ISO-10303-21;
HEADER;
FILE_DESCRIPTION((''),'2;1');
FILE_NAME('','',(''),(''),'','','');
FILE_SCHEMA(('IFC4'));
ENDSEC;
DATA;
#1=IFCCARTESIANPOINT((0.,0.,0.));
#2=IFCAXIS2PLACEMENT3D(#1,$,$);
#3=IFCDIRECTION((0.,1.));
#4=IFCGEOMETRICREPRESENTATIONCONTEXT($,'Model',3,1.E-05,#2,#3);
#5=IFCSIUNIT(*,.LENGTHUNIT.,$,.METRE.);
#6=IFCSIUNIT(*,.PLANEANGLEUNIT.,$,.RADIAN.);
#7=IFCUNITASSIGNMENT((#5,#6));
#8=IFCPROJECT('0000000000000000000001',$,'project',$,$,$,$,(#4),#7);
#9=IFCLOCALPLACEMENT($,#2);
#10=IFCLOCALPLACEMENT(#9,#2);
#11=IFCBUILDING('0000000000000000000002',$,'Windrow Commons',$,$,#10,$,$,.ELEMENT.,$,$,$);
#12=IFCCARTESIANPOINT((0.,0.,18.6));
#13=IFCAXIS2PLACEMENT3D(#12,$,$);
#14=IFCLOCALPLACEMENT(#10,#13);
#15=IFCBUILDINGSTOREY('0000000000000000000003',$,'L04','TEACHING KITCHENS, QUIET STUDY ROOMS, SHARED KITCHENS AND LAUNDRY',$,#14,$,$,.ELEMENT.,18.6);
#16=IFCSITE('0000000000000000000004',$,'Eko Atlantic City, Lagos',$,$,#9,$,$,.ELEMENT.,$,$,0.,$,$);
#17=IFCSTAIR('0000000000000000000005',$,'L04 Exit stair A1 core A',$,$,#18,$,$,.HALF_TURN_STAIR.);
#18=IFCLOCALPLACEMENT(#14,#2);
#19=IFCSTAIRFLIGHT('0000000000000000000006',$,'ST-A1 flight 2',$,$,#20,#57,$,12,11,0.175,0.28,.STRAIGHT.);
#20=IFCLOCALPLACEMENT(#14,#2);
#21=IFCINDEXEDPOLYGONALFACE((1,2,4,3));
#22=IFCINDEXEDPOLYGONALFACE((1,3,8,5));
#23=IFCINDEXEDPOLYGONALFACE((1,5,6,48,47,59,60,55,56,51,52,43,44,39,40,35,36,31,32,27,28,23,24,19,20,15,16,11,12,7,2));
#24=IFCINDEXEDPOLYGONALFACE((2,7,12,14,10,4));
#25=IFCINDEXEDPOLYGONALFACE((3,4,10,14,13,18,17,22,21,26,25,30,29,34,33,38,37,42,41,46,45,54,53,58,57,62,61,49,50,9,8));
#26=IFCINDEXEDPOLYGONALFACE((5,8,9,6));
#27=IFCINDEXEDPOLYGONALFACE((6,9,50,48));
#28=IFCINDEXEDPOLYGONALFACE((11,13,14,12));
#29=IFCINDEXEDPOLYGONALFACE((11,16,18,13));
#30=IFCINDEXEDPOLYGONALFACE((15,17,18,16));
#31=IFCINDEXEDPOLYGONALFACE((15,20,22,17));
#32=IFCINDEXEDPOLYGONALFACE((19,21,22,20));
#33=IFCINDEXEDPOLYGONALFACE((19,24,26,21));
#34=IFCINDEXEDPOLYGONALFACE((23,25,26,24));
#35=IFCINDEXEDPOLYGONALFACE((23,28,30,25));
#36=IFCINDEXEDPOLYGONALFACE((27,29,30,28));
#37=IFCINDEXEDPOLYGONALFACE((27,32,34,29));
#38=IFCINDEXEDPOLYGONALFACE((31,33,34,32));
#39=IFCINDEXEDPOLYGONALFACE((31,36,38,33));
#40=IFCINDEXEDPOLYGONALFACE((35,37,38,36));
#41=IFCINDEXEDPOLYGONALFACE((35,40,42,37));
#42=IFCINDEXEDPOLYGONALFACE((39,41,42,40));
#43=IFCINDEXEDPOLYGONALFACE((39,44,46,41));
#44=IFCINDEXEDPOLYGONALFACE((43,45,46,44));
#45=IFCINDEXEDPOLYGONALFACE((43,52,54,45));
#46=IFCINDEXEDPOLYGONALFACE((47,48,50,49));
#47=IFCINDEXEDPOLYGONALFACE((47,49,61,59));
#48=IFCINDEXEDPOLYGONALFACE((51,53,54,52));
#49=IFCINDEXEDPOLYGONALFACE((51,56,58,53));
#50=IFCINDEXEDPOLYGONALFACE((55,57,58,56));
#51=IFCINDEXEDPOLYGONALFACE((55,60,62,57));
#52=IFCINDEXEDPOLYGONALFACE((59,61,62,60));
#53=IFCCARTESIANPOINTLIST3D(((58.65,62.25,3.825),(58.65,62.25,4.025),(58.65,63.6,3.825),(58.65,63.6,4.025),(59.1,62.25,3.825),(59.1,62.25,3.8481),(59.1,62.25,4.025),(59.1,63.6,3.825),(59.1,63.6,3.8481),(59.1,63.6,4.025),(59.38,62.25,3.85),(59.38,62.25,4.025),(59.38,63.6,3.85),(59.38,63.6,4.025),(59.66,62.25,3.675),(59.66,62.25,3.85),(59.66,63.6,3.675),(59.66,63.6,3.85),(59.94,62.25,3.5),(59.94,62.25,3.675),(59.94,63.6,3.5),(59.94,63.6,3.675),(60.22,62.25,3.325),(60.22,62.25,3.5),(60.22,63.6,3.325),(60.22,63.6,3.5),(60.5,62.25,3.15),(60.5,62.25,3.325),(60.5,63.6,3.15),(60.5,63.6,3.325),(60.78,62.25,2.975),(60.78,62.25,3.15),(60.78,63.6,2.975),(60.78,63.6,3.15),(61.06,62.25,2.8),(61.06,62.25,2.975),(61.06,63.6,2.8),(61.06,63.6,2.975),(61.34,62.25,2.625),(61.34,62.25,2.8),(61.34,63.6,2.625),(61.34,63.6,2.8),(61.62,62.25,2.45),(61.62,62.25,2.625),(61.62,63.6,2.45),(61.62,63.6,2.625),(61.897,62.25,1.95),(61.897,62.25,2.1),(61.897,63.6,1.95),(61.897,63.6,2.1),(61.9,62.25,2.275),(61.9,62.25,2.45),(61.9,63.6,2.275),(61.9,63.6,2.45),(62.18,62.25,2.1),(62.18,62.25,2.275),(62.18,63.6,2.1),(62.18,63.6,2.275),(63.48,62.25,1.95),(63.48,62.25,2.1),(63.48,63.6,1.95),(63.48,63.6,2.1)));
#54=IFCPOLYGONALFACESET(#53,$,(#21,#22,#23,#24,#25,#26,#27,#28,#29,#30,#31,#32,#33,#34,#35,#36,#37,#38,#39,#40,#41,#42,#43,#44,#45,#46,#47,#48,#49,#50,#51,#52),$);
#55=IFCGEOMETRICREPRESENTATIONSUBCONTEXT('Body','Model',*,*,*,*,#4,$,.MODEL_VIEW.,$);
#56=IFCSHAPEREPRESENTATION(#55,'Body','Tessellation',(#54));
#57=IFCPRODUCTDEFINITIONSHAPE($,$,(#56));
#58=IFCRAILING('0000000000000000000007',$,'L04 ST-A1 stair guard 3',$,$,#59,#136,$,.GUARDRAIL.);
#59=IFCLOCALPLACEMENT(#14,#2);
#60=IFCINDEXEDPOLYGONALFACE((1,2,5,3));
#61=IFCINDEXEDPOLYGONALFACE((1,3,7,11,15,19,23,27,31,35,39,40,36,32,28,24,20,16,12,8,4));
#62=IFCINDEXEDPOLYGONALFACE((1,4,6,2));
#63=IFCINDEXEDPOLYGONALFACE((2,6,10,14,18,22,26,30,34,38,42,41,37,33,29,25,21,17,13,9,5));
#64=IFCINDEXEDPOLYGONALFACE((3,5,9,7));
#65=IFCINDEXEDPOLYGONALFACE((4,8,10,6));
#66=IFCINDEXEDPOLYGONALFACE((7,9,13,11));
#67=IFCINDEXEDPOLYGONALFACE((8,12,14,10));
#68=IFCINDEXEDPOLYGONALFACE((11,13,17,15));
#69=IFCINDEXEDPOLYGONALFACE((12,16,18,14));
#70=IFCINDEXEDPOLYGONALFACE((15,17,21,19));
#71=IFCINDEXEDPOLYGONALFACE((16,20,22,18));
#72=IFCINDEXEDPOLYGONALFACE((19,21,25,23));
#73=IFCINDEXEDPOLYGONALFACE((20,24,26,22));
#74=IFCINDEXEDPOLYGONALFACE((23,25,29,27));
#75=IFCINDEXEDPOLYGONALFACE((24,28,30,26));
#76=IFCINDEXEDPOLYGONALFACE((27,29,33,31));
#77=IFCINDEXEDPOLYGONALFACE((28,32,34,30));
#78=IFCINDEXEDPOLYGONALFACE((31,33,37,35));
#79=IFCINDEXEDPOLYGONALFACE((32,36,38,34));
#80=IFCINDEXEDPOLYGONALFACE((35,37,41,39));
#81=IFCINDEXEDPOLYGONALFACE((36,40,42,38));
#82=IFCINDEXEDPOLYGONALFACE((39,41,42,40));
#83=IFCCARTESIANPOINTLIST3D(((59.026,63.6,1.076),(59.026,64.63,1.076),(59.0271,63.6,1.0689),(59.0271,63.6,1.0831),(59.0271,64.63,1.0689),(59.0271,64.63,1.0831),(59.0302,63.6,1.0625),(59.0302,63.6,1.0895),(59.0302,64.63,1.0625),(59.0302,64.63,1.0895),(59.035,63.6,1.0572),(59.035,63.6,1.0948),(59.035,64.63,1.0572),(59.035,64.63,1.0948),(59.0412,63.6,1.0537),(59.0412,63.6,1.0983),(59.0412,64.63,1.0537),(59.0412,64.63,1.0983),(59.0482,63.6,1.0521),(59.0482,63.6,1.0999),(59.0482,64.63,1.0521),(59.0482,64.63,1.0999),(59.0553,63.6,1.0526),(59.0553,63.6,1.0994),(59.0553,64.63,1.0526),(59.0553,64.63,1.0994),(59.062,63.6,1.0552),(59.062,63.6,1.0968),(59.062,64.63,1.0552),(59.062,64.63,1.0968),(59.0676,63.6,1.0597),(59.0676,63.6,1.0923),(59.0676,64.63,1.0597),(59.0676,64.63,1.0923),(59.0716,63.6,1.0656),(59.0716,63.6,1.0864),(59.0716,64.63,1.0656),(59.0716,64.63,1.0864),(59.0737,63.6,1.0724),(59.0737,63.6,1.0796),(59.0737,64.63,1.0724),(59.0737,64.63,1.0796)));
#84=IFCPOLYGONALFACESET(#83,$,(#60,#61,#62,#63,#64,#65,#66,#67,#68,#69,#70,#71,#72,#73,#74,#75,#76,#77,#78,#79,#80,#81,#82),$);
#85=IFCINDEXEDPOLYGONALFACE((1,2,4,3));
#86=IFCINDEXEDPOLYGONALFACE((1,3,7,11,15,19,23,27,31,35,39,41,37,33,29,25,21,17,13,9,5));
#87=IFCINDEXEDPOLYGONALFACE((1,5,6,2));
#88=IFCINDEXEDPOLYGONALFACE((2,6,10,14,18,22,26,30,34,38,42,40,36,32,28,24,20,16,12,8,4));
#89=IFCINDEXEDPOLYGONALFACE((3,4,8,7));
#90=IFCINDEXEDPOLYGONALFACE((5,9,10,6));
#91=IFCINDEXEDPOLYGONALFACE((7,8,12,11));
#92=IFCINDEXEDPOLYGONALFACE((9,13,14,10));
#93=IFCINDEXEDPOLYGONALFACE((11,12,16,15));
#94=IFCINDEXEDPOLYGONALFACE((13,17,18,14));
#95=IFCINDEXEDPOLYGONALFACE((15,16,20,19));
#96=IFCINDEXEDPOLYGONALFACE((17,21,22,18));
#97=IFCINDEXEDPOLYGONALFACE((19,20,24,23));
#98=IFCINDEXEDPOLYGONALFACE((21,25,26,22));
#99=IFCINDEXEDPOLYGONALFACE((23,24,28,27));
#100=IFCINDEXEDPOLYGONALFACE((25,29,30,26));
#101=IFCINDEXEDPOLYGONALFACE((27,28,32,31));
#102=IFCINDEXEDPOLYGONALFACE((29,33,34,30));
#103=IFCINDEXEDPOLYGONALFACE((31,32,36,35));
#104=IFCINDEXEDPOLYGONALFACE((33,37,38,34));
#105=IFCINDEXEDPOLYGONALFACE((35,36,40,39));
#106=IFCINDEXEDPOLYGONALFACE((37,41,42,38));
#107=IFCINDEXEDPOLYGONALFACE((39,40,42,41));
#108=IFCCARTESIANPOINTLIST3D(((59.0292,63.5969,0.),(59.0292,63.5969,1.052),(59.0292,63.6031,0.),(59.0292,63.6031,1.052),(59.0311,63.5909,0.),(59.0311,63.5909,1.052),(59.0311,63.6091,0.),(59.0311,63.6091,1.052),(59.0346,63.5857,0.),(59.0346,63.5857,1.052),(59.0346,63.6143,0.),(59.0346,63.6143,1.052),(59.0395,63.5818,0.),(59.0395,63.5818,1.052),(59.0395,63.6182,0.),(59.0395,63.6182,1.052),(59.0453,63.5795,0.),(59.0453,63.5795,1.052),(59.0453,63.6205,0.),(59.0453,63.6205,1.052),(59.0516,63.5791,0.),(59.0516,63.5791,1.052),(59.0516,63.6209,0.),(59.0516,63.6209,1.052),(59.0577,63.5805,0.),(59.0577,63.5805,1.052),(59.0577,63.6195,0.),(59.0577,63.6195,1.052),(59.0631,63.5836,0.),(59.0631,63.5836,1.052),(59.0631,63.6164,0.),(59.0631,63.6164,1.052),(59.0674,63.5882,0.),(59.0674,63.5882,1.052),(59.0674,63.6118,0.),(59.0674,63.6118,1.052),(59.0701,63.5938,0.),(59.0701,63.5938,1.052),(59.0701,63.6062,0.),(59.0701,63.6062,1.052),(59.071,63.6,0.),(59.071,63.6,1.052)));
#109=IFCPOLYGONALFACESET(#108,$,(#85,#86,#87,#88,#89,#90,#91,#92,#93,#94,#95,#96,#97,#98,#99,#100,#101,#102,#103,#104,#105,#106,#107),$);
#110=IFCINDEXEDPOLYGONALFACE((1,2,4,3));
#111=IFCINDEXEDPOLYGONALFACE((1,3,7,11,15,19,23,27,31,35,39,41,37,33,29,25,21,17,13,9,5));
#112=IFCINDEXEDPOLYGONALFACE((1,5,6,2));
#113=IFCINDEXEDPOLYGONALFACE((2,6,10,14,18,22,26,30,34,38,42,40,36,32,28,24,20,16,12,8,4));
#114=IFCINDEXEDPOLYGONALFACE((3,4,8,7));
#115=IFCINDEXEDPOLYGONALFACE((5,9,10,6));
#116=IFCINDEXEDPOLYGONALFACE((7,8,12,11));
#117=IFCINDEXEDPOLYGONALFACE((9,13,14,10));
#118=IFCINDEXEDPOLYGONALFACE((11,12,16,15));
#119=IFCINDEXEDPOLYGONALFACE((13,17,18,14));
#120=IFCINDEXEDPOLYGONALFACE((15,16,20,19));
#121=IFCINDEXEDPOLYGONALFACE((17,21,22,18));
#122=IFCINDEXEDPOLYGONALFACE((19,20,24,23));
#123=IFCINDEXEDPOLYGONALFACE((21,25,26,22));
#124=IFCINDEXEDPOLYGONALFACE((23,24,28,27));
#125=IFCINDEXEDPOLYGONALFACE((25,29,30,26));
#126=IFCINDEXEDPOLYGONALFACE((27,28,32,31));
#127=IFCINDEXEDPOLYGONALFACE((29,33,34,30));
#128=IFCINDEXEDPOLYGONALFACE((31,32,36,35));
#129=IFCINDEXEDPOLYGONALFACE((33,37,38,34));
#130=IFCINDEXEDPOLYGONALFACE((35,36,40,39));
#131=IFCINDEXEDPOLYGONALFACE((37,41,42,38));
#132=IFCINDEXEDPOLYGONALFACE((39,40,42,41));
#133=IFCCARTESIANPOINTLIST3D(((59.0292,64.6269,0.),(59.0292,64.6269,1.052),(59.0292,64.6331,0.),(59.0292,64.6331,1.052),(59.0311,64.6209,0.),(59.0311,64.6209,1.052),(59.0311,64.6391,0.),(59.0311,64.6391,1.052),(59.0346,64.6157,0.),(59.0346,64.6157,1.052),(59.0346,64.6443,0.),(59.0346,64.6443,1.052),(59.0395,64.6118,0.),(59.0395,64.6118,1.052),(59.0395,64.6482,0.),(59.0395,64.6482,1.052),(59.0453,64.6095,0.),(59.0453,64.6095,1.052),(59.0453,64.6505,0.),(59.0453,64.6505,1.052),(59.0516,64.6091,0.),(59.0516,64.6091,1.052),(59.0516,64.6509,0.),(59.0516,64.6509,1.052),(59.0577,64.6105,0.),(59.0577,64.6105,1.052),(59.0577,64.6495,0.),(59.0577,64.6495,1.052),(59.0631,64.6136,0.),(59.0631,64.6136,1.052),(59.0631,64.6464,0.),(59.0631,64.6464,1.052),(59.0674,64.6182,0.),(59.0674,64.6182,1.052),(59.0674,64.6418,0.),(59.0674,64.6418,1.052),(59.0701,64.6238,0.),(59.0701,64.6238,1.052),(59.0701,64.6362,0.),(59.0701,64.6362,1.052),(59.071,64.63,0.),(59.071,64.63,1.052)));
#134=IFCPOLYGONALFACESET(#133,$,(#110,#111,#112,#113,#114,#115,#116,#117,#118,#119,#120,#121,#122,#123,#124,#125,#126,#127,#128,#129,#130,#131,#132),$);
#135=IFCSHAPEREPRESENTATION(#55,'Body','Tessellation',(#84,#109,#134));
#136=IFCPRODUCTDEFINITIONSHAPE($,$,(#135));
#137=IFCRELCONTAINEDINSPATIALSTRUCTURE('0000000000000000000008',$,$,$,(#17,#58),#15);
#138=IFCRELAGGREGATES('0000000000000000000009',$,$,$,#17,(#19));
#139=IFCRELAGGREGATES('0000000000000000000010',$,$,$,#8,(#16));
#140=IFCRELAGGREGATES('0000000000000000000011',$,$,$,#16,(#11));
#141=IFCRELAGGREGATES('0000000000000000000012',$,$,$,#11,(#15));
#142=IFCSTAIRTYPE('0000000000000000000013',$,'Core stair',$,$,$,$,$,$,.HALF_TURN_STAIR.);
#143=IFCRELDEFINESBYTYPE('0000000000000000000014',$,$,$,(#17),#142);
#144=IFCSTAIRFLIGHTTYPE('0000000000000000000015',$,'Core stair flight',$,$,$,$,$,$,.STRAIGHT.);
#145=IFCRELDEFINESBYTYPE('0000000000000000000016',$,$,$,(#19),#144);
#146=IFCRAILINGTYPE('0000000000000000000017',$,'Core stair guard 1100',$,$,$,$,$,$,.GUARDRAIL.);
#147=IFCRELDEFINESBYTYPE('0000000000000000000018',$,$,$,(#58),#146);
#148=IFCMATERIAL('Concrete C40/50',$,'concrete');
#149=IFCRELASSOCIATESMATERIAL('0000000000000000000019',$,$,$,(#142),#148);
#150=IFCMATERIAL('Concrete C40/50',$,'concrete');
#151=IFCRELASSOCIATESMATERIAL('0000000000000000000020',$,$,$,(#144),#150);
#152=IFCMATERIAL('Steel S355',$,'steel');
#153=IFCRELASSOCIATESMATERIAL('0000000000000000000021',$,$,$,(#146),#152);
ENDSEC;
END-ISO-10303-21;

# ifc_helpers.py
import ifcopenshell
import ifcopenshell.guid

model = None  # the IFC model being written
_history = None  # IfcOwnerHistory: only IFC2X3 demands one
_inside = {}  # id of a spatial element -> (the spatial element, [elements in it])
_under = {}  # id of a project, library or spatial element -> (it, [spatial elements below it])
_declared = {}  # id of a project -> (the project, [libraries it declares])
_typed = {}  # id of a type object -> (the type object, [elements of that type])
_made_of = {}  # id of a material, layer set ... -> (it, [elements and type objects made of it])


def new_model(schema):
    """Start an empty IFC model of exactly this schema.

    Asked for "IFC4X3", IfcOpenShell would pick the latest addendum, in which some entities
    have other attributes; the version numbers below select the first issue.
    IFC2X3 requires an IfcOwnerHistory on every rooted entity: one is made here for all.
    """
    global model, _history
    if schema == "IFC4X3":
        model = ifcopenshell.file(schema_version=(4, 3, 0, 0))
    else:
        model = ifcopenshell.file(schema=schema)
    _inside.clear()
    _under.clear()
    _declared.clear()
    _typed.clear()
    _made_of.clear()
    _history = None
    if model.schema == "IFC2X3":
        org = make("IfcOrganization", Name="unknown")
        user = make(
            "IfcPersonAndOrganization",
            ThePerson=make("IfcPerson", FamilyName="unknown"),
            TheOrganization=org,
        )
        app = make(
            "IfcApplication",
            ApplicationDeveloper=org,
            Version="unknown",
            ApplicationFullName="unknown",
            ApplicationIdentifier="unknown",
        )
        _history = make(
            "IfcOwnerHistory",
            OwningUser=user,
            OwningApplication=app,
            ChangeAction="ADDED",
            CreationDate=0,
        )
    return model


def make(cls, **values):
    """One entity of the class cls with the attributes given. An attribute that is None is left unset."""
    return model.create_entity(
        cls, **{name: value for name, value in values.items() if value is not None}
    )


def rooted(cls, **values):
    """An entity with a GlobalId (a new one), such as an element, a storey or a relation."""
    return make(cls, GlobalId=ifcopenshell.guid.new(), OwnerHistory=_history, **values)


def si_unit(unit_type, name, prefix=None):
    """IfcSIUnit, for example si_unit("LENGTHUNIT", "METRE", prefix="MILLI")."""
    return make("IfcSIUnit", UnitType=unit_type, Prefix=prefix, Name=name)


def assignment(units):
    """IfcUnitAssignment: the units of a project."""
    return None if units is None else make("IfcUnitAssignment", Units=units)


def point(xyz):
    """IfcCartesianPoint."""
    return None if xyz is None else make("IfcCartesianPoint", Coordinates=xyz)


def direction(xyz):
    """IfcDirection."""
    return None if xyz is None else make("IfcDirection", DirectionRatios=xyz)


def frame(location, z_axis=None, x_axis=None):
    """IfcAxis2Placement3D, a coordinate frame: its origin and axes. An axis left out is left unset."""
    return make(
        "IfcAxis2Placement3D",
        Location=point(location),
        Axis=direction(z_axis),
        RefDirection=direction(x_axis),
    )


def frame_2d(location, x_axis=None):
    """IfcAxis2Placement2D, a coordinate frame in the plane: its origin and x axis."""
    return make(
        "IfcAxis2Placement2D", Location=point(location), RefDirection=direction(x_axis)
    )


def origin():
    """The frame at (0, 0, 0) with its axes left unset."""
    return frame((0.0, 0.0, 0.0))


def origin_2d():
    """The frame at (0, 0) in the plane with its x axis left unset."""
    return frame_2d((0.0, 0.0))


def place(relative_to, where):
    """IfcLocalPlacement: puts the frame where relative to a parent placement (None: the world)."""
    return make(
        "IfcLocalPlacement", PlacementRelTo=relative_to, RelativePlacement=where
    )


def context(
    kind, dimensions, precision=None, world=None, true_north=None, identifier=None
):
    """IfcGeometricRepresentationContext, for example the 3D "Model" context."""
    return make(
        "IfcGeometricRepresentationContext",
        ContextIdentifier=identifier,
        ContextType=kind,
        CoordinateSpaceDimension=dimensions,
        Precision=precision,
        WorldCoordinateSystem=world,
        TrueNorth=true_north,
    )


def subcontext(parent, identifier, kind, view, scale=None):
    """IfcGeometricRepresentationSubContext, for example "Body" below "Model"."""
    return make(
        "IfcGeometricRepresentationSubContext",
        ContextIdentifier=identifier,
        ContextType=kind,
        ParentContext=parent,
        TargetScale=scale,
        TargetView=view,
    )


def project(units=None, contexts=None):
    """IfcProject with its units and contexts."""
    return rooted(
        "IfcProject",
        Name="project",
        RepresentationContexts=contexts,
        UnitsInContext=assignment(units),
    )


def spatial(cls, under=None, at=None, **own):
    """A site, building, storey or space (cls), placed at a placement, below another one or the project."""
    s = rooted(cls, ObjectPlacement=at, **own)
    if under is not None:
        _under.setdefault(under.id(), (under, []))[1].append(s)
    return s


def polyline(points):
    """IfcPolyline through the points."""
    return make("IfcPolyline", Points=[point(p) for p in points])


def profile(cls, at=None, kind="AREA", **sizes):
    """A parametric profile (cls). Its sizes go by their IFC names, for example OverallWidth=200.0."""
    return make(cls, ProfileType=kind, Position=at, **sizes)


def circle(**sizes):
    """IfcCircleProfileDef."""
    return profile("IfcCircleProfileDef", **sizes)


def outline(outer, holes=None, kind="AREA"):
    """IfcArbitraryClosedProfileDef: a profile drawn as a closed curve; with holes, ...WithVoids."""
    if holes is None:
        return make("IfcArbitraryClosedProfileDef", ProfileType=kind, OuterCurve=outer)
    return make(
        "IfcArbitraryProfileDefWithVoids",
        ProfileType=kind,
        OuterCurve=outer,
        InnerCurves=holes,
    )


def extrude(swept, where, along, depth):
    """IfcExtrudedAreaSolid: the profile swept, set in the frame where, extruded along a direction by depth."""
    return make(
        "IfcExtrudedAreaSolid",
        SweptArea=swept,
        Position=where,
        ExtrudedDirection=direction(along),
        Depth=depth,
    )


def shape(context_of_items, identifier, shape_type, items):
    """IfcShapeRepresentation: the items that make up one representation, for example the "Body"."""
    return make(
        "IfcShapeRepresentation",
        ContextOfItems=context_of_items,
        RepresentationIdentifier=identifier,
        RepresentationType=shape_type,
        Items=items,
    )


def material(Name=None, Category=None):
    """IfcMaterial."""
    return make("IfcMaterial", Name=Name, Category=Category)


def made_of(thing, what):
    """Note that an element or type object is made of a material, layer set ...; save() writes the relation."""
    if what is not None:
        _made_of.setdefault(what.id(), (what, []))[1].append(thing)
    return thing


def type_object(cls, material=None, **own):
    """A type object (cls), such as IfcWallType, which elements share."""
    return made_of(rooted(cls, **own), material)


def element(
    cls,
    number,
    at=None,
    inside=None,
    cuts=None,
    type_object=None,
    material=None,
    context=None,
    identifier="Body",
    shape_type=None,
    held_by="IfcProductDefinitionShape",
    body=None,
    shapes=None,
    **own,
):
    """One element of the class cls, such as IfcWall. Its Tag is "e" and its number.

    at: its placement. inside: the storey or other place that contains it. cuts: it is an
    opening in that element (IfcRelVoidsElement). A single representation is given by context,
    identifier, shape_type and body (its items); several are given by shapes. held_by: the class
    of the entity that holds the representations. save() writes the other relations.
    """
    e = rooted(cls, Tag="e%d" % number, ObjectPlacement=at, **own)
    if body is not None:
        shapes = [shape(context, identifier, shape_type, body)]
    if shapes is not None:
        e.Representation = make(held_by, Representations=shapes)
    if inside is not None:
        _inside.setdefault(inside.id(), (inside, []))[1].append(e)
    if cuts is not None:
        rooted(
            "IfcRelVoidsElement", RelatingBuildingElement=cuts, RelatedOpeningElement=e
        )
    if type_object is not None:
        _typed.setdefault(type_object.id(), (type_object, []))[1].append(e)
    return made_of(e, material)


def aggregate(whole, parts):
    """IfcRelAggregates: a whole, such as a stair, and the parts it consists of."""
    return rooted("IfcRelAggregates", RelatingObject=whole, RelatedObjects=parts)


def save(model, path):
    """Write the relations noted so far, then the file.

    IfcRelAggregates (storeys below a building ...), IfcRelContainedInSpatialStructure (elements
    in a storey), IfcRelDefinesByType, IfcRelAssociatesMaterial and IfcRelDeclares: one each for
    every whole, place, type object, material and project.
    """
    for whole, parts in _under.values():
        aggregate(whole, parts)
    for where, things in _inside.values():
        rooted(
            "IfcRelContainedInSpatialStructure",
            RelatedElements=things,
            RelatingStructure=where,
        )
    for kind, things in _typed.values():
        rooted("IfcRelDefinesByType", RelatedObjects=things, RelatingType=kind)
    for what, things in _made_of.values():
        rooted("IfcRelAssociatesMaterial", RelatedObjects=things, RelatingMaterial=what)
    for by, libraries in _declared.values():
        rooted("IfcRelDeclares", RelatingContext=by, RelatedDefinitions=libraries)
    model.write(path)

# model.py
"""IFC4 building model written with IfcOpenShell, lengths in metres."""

from ifc_helpers import new_model, si_unit, direction, frame, origin, origin_2d, place, context, subcontext, project, spatial, polyline, circle, outline, extrude, material, type_object, element, aggregate, save


model = new_model("IFC4")

# Units and contexts
model_context = context("Model", 3, precision=1e-05, world=origin(), true_north=direction((0.0, 1.0)))
body_context = subcontext(model_context, "Body", "Model", "MODEL_VIEW")
ifc_project = project(units=[si_unit("LENGTHUNIT", "METRE"), si_unit("PLANEANGLEUNIT", "RADIAN")], contexts=[model_context])

# Site, building, storey
site_placement = place(None, origin())
site = spatial("IfcSite", under=ifc_project, at=site_placement, Name="Eko Atlantic City, Lagos", CompositionType="ELEMENT", RefElevation=0.0)
building_placement = place(site_placement, origin())
building = spatial("IfcBuilding", under=site, at=building_placement, Name="Windrow Commons", CompositionType="ELEMENT")
storey_placement = place(building_placement, frame((0.0, 0.0, 18.6)))
storey = spatial("IfcBuildingStorey", under=building, at=storey_placement, Name="L04", Description="TEACHING KITCHENS, QUIET STUDY ROOMS, SHARED KITCHENS AND LAUNDRY", CompositionType="ELEMENT", Elevation=18.6)

# Stair, stair flight
ifc_material_1 = material(Name="Concrete C40/50", Category="concrete")
stair_type = type_object("IfcStairType", Name="Core stair", PredefinedType="HALF_TURN_STAIR", material=ifc_material_1)
stair_placement = place(storey_placement, origin())
stair = element("IfcStair", 1, at=stair_placement, inside=storey, type_object=stair_type, Name="L04 Exit stair A1 core A", PredefinedType="HALF_TURN_STAIR")
ifc_material_2 = material(Name="Concrete C40/50", Category="concrete")
stair_flight_type = type_object("IfcStairFlightType", Name="Core stair flight", PredefinedType="STRAIGHT", material=ifc_material_2)
stair_flight_placement = place(storey_placement, frame((62.18, 62.925, 2.1), z_axis=(0.0, 0.0, 1.0), x_axis=(-1.0, 0.0, 0.0)))
stair_flight = element("IfcStairFlight", 2, at=stair_flight_placement, type_object=stair_flight_type, Name="ST-A1 flight 2", NumberOfRisers=12, NumberOfTreads=11, PredefinedType="STRAIGHT", RiserHeight=0.175, TreadLength=0.28, context=body_context, shape_type="SweptSolid", body=[
    extrude(outline(polyline([(-1.3, -0.15), (-1.3, 0.0), (0.0, 0.0), (0.0, 0.175), (0.28, 0.175), (0.28, 0.35), (0.56, 0.35), (0.56, 0.525), (0.84, 0.525), (0.84, 0.7), (1.12, 0.7), (1.12, 0.875), (1.4, 0.875), (1.4, 1.05), (1.68, 1.05), (1.68, 1.225), (1.96, 1.225), (1.96, 1.4), (2.24, 1.4), (2.24, 1.575), (2.52, 1.575), (2.52, 1.75), (2.8, 1.75), (2.8, 1.925), (3.08, 1.925), (3.53, 1.925), (3.53, 1.725), (3.08, 1.725), (3.08, 1.7481), (0.283, 0.0), (0.283, -0.15), (-1.3, -0.15)])), frame((0.0, 0.675, 0.0), z_axis=(0.0, -1.0, 0.0), x_axis=(1.0, 0.0, 0.0)), (0.0, 0.0, 1.0), 1.35),
])
aggregate(stair, [stair_flight])

# Railing
ifc_material_3 = material(Name="Steel S355", Category="steel")
railing_type_1 = type_object("IfcRailingType", Name="Core stair guard 1100", PredefinedType="GUARDRAIL", material=ifc_material_3)
for number, where, name in (
    (3, (59.05, 63.6, 0.0), "L04 ST-A1 stair guard 3"),
):
    element("IfcRailing", number, at=place(storey_placement, frame(where)), inside=storey, type_object=railing_type_1, Name=name, PredefinedType="GUARDRAIL", context=body_context, shape_type="SweptSolid", body=[
        extrude(circle(Radius=0.024, at=origin_2d()), frame((0.0, 0.0, 1.076), z_axis=(0.0, 1.0, 0.0), x_axis=(-1.0, 0.0, 0.0)), (0.0, 0.0, 1.0), 1.03),
        extrude(circle(Radius=0.021, at=origin_2d()), origin(), (0.0, 0.0, 1.0), 1.052),
        extrude(circle(Radius=0.021, at=origin_2d()), frame((0.0, 1.03, 0.0)), (0.0, 0.0, 1.0), 1.052),
    ])

save(model, "model.ifc")
